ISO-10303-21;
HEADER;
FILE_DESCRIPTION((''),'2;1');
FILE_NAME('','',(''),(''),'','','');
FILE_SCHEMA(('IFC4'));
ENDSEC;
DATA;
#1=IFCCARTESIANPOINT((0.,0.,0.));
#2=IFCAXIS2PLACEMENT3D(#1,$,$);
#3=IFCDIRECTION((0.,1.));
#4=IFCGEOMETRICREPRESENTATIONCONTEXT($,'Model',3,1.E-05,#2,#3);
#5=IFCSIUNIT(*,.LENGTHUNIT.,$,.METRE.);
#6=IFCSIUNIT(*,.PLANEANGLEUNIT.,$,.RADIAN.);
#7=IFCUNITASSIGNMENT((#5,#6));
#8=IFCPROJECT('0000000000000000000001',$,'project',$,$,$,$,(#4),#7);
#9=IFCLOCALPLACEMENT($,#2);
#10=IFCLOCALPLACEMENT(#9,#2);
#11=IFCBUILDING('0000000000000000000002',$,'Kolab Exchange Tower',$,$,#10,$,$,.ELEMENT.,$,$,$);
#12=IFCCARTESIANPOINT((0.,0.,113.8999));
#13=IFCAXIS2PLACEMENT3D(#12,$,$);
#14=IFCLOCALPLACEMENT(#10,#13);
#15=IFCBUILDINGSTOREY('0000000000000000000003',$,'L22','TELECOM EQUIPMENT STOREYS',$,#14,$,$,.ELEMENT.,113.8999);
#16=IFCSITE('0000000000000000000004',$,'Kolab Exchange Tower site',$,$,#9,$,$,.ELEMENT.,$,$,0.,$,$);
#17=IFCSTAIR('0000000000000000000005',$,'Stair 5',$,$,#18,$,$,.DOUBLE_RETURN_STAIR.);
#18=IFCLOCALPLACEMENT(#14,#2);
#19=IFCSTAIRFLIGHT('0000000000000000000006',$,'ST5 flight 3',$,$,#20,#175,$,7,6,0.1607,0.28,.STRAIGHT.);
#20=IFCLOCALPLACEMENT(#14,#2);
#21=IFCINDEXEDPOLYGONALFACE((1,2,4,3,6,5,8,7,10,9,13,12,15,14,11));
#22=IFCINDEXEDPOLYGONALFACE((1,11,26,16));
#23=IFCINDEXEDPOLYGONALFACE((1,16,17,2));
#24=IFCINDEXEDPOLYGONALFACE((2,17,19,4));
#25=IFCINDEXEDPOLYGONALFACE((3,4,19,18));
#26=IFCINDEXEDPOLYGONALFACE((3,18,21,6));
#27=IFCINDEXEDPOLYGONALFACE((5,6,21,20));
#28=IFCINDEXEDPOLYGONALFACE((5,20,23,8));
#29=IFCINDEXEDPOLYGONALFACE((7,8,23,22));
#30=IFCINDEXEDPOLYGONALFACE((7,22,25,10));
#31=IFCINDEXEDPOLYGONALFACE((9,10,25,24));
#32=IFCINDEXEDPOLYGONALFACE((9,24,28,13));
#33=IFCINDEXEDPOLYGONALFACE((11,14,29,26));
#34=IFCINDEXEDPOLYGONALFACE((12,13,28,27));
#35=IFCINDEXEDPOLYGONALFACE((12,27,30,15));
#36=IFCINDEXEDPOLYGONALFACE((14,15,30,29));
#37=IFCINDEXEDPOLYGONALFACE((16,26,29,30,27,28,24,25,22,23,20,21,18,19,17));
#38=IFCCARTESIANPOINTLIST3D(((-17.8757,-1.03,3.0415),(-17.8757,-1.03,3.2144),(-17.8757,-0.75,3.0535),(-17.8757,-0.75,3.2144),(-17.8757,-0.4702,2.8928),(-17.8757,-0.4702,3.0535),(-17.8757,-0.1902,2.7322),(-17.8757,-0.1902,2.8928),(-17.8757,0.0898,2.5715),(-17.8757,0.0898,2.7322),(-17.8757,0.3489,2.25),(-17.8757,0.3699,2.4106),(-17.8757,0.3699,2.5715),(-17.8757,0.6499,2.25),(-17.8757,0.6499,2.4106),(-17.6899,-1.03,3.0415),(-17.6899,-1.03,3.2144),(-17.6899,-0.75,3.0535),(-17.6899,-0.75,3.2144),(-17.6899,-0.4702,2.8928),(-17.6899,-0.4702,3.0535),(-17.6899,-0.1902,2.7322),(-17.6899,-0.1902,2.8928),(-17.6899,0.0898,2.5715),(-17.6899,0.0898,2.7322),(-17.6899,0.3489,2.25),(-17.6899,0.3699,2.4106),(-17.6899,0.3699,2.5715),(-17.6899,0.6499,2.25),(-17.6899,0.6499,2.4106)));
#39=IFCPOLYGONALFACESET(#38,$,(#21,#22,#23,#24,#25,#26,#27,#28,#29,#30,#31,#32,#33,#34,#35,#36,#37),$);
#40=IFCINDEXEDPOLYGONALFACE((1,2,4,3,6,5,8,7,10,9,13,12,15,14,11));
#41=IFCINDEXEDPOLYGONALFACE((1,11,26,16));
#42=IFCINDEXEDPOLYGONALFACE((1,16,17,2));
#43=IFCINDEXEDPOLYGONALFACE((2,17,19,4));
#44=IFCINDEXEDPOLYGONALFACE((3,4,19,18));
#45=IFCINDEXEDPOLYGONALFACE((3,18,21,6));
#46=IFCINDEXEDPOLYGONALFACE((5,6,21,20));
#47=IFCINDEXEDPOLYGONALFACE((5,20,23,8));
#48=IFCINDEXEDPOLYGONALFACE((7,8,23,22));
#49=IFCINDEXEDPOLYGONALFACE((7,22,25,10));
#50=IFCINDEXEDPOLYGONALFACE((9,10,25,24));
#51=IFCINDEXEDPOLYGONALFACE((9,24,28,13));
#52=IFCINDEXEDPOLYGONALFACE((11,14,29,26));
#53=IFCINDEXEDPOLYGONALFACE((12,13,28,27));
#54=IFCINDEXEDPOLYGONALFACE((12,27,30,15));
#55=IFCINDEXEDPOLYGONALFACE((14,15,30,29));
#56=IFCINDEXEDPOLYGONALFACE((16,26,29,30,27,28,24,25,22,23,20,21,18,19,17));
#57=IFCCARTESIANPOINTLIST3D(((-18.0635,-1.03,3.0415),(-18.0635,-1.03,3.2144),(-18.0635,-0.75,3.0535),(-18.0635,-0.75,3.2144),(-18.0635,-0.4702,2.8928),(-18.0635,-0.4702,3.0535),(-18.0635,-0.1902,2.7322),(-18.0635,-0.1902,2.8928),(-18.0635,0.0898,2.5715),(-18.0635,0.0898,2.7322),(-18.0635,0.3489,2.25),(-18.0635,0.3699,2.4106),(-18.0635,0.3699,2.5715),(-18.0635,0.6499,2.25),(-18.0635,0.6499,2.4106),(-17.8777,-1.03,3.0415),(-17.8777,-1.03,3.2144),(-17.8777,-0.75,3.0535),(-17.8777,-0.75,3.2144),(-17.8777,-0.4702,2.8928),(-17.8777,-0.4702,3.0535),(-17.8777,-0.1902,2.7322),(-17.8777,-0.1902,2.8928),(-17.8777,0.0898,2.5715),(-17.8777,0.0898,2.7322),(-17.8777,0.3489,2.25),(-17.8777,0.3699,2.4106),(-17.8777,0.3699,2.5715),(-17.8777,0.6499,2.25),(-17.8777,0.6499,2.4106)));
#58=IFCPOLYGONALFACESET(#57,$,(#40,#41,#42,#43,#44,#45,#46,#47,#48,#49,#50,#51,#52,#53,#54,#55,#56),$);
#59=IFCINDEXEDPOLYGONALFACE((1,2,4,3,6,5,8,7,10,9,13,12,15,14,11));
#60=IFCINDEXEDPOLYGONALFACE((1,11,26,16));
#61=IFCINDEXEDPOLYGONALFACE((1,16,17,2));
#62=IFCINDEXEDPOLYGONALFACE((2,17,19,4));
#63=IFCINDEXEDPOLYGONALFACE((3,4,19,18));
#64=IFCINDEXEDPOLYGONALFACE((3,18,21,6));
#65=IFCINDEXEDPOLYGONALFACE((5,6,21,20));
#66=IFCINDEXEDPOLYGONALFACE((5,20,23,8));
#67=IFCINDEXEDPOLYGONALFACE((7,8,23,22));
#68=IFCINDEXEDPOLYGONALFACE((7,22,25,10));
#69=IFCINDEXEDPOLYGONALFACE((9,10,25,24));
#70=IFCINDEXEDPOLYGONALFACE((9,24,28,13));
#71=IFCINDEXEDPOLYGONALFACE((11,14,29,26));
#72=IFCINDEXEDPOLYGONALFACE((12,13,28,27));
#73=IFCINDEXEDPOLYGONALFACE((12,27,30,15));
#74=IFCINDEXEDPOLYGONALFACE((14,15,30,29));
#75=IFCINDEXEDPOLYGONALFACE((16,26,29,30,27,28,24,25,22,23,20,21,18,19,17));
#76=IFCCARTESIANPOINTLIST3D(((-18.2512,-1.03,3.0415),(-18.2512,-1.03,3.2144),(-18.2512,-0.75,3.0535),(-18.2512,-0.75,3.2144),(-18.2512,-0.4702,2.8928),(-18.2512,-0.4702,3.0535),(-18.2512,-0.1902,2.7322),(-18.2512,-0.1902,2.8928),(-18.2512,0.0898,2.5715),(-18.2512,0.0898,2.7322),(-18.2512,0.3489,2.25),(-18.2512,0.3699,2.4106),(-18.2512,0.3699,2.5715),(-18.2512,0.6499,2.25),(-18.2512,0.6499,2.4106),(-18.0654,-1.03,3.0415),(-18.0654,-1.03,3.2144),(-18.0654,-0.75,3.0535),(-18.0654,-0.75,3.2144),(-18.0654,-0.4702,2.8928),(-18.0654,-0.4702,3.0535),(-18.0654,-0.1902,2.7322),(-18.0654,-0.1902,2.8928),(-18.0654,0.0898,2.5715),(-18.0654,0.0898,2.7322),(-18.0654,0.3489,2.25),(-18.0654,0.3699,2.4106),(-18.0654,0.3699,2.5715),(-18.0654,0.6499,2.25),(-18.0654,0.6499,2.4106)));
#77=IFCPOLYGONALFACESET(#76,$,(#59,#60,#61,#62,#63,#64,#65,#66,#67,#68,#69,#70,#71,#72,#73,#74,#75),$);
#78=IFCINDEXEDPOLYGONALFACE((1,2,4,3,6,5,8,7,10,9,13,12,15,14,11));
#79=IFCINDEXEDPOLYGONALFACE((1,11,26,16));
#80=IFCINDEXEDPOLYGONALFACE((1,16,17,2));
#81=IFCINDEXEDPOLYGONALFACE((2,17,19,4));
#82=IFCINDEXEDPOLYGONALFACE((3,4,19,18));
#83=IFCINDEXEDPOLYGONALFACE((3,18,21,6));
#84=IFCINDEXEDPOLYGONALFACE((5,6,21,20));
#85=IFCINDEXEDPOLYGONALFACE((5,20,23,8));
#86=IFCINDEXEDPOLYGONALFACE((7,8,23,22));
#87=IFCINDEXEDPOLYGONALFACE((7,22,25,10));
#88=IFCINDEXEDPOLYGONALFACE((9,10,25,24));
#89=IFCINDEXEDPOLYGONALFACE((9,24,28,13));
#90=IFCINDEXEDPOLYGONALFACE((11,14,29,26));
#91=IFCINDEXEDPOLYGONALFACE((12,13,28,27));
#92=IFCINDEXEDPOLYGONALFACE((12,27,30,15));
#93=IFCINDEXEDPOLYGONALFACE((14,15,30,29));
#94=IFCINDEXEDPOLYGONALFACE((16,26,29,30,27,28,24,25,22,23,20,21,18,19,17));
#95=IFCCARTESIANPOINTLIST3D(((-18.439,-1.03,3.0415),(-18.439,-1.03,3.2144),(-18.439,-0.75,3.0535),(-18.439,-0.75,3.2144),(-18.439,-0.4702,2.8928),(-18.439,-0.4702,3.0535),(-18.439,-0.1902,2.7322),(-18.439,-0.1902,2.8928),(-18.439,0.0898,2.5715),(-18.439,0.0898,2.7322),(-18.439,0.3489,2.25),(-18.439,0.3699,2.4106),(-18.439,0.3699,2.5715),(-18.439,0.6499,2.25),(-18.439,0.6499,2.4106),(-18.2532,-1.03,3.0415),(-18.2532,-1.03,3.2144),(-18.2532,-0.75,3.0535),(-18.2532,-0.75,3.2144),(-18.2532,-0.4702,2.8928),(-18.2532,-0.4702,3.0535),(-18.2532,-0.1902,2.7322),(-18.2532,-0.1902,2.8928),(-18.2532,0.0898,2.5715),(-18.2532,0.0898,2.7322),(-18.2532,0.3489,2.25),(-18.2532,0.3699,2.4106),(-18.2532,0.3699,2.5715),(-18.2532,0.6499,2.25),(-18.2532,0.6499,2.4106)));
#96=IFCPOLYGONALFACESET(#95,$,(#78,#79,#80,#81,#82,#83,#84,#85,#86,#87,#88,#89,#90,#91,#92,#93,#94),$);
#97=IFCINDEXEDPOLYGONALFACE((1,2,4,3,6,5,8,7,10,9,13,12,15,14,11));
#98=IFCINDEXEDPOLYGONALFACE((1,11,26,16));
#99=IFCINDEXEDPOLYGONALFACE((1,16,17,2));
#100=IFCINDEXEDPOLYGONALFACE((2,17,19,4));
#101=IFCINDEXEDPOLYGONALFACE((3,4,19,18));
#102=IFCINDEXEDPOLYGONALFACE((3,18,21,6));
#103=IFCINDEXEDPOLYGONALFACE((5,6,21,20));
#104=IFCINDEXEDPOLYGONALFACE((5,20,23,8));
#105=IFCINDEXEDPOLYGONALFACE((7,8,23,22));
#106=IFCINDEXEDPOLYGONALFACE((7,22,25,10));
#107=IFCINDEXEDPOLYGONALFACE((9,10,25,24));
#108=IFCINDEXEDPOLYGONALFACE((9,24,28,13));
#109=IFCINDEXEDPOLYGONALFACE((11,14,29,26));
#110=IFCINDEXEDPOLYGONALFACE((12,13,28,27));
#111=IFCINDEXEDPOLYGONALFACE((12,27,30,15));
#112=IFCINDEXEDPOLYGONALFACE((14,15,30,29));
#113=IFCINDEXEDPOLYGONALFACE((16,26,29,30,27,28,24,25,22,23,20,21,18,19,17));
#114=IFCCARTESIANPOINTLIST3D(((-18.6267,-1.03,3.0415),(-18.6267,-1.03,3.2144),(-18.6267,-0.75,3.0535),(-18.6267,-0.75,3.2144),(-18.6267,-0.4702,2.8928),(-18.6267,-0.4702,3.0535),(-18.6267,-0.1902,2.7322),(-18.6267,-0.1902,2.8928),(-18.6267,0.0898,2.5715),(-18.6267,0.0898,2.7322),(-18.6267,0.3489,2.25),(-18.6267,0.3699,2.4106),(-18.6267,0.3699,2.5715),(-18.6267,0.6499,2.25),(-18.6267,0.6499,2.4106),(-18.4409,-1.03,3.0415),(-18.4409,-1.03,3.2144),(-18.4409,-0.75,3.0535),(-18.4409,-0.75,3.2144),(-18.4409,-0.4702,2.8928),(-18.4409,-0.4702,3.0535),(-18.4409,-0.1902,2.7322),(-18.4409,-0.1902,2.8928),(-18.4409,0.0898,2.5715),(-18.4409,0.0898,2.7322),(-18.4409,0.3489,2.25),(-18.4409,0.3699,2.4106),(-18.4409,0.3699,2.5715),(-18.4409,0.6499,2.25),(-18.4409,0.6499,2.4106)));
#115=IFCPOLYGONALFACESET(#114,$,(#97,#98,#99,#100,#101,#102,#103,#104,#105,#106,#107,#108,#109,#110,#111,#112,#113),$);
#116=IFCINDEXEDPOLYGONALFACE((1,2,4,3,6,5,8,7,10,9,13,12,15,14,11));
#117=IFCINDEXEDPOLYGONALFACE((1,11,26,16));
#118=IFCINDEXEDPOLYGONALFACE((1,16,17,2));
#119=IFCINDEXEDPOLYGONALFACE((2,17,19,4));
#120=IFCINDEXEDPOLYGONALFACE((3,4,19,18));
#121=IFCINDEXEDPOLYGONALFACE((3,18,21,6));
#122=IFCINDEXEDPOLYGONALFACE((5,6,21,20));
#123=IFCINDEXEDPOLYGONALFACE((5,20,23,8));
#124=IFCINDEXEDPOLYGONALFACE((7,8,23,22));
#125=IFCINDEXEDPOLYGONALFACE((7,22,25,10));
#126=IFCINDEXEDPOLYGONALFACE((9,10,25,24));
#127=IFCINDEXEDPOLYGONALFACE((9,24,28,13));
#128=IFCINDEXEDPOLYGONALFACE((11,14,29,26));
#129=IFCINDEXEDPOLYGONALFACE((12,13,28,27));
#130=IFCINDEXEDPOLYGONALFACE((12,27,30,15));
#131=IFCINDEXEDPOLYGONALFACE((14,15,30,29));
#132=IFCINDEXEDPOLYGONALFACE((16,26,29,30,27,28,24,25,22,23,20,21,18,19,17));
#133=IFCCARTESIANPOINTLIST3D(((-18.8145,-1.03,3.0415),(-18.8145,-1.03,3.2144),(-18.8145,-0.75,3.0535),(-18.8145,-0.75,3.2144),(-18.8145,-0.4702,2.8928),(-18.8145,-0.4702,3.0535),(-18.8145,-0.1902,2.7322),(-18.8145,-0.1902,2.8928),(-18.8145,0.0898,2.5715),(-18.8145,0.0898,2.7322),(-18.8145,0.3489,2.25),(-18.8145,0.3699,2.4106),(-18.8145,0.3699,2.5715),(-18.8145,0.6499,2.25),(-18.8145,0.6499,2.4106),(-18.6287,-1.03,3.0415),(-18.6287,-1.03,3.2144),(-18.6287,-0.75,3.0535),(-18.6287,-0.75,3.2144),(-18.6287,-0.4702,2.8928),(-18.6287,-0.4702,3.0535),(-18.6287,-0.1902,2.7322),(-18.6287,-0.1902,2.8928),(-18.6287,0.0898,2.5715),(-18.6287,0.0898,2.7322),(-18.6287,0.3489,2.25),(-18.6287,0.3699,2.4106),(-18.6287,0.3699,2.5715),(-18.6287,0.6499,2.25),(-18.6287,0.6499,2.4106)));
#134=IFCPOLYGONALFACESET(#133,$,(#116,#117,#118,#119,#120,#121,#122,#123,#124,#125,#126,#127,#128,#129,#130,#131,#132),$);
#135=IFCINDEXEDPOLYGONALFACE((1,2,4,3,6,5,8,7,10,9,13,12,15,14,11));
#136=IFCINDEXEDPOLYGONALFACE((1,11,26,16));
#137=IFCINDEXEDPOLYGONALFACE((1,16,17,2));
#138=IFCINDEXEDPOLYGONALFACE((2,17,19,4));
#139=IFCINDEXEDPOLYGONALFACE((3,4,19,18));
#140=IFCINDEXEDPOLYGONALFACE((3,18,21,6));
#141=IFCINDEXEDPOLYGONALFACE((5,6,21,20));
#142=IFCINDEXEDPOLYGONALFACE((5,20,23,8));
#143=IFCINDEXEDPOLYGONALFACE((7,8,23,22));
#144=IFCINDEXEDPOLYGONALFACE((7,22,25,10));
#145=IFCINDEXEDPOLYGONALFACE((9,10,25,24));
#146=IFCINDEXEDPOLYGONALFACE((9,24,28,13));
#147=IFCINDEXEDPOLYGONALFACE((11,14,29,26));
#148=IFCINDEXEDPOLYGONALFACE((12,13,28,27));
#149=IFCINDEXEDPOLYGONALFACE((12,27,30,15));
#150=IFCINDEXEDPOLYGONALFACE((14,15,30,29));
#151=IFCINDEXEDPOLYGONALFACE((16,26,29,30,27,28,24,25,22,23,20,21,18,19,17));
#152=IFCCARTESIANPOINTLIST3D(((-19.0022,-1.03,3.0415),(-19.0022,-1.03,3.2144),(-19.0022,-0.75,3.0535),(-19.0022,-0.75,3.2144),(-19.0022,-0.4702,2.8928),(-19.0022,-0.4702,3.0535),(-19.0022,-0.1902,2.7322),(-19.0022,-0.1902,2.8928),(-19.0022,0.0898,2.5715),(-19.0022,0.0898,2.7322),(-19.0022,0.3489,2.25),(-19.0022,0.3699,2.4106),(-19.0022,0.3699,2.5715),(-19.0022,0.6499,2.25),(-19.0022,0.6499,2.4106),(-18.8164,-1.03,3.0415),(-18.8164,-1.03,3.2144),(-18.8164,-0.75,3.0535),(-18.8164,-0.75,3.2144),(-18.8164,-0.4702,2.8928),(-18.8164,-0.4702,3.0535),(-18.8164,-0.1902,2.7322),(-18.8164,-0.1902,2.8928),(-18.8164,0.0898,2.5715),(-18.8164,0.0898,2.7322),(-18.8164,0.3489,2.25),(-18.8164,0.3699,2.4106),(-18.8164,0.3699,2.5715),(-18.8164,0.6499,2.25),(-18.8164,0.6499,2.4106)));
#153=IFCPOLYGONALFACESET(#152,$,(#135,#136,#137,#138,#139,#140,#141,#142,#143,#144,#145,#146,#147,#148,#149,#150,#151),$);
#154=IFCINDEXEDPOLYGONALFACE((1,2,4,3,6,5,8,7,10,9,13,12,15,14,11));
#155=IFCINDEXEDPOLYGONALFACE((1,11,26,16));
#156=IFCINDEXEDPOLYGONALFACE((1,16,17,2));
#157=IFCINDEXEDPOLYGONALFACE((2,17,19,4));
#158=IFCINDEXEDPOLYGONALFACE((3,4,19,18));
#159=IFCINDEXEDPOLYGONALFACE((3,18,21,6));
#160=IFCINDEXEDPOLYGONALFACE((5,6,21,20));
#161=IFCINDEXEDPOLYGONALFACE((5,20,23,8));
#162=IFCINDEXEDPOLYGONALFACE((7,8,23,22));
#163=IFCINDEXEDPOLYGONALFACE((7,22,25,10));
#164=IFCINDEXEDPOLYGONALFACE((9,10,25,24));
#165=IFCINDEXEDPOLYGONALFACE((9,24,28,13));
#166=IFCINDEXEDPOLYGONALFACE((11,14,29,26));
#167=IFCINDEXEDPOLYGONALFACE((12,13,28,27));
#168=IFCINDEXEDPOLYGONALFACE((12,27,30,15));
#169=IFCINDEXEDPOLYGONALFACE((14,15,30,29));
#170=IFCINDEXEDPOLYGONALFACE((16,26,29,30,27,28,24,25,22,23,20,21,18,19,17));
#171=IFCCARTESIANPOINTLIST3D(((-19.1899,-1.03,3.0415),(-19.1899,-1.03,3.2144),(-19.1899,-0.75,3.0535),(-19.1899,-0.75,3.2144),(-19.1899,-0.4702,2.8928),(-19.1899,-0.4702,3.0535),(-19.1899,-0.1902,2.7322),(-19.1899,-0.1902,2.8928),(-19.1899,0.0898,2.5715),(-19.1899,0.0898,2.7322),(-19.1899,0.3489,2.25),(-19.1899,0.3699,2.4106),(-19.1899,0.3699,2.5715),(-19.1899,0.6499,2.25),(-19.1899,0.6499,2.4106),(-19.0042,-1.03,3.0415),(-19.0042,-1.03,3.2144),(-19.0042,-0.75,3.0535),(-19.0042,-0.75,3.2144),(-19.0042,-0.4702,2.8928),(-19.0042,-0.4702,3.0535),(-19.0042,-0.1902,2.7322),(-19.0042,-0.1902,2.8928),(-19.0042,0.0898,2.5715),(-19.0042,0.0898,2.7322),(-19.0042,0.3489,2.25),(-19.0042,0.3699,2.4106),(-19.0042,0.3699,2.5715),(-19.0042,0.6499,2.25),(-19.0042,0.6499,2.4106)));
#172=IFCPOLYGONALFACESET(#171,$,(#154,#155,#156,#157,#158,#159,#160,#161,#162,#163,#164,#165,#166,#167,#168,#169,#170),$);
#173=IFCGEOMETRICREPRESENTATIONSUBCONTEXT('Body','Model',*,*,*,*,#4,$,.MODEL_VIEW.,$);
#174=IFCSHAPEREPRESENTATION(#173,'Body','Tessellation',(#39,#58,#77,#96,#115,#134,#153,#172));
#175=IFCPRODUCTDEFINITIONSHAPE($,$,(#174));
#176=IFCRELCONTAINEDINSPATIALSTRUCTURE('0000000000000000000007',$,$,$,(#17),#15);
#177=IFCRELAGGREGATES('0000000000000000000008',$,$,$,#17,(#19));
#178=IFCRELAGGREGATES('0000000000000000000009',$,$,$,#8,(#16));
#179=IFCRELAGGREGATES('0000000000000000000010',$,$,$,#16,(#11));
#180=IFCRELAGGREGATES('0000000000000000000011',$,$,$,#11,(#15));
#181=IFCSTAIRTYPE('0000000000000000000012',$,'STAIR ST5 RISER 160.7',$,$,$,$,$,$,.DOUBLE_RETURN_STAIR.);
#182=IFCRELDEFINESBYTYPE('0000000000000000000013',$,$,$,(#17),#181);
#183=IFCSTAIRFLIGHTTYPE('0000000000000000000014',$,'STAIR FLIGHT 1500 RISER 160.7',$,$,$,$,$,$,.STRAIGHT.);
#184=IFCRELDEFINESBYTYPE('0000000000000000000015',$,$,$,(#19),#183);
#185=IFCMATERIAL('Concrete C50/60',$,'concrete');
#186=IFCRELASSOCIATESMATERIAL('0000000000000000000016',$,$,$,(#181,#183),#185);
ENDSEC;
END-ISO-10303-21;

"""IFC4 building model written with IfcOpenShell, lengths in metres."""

from ifc_helpers import new_model, si_unit, direction, frame, origin, place, context, subcontext, project, spatial, polyline, outline, extrude, material, type_object, element, aggregate, save


model = new_model("IFC4")

# Units and contexts
model_context = context("Model", 3, precision=1e-05, world=origin(), true_north=direction((0.0, 1.0)))
body_context = subcontext(model_context, "Body", "Model", "MODEL_VIEW")
ifc_project = project(units=[si_unit("LENGTHUNIT", "METRE"), si_unit("PLANEANGLEUNIT", "RADIAN")], contexts=[model_context])

# Site, building, storey
site_placement = place(None, origin())
site = spatial("IfcSite", under=ifc_project, at=site_placement, Name="Kolab Exchange Tower site", CompositionType="ELEMENT", RefElevation=0.0)
building_placement = place(site_placement, origin())
building = spatial("IfcBuilding", under=site, at=building_placement, Name="Kolab Exchange Tower", CompositionType="ELEMENT")
storey_placement = place(building_placement, frame((0.0, 0.0, 113.8999)))
storey = spatial("IfcBuildingStorey", under=building, at=storey_placement, Name="L22", Description="TELECOM EQUIPMENT STOREYS", CompositionType="ELEMENT", Elevation=113.8999)

# Shared definitions
ifc_material_1 = material(Name="Concrete C50/60", Category="concrete")

# Stair, stair flight
stair_type = type_object("IfcStairType", Name="STAIR ST5 RISER 160.7", PredefinedType="DOUBLE_RETURN_STAIR", material=ifc_material_1)
stair_placement = place(storey_placement, origin())
stair = element("IfcStair", 1, at=stair_placement, inside=storey, type_object=stair_type, Name="Stair 5", PredefinedType="DOUBLE_RETURN_STAIR")
stair_flight_type = type_object("IfcStairFlightType", Name="STAIR FLIGHT 1500 RISER 160.7", PredefinedType="STRAIGHT", material=ifc_material_1)
stair_flight_1_placement = place(storey_placement, frame((-18.4399, 0.6499, 2.25), z_axis=(0.0, 0.0, 1.0), x_axis=(0.0, -1.0, 0.0)))
stair_flight_1 = element("IfcStairFlight", 2, at=stair_flight_1_placement, type_object=stair_flight_type, Name="ST5 flight 3", NumberOfRisers=7, NumberOfTreads=6, PredefinedType="STRAIGHT", RiserHeight=0.1607, TreadLength=0.28, context=body_context, shape_type="SweptSolid", body=[
    extrude(outline(polyline([(0.0, 0.0), (0.0, 0.1606), (0.28, 0.1606), (0.28, 0.3215), (0.5601, 0.3215), (0.5601, 0.4822), (0.8401, 0.4822), (0.8401, 0.6428), (1.1201, 0.6428), (1.1201, 0.8035), (1.3999, 0.8035), (1.3999, 0.9644), (1.6799, 0.9644), (1.6799, 1.125), (1.6799, 0.7915), (0.301, 0.0), (0.0, 0.0)])), frame((0.0, 0.75, 0.0), z_axis=(0.0, -1.0, 0.0), x_axis=(1.0, 0.0, 0.0)), (0.0, 0.0, 1.0), 0.1858),
    extrude(outline(polyline([(0.0, 0.0), (0.0, 0.1606), (0.28, 0.1606), (0.28, 0.3215), (0.5601, 0.3215), (0.5601, 0.4822), (0.8401, 0.4822), (0.8401, 0.6428), (1.1201, 0.6428), (1.1201, 0.8035), (1.3999, 0.8035), (1.3999, 0.9644), (1.6799, 0.9644), (1.6799, 1.125), (1.6799, 0.7915), (0.301, 0.0), (0.0, 0.0)])), frame((0.0, 0.5623, 0.0), z_axis=(0.0, -1.0, 0.0), x_axis=(1.0, 0.0, 0.0)), (0.0, 0.0, 1.0), 0.1858),
    extrude(outline(polyline([(0.0, 0.0), (0.0, 0.1606), (0.28, 0.1606), (0.28, 0.3215), (0.5601, 0.3215), (0.5601, 0.4822), (0.8401, 0.4822), (0.8401, 0.6428), (1.1201, 0.6428), (1.1201, 0.8035), (1.3999, 0.8035), (1.3999, 0.9644), (1.6799, 0.9644), (1.6799, 1.125), (1.6799, 0.7915), (0.301, 0.0), (0.0, 0.0)])), frame((0.0, 0.3745, 0.0), z_axis=(0.0, -1.0, 0.0), x_axis=(1.0, 0.0, 0.0)), (0.0, 0.0, 1.0), 0.1858),
    extrude(outline(polyline([(0.0, 0.0), (0.0, 0.1606), (0.28, 0.1606), (0.28, 0.3215), (0.5601, 0.3215), (0.5601, 0.4822), (0.8401, 0.4822), (0.8401, 0.6428), (1.1201, 0.6428), (1.1201, 0.8035), (1.3999, 0.8035), (1.3999, 0.9644), (1.6799, 0.9644), (1.6799, 1.125), (1.6799, 0.7915), (0.301, 0.0), (0.0, 0.0)])), frame((0.0, 0.1868, 0.0), z_axis=(0.0, -1.0, 0.0), x_axis=(1.0, 0.0, 0.0)), (0.0, 0.0, 1.0), 0.1858),
    extrude(outline(polyline([(0.0, 0.0), (0.0, 0.1606), (0.28, 0.1606), (0.28, 0.3215), (0.5601, 0.3215), (0.5601, 0.4822), (0.8401, 0.4822), (0.8401, 0.6428), (1.1201, 0.6428), (1.1201, 0.8035), (1.3999, 0.8035), (1.3999, 0.9644), (1.6799, 0.9644), (1.6799, 1.125), (1.6799, 0.7915), (0.301, 0.0), (0.0, 0.0)])), frame((0.0, -0.001, 0.0), z_axis=(0.0, -1.0, 0.0), x_axis=(1.0, 0.0, 0.0)), (0.0, 0.0, 1.0), 0.1858),
    extrude(outline(polyline([(0.0, 0.0), (0.0, 0.1606), (0.28, 0.1606), (0.28, 0.3215), (0.5601, 0.3215), (0.5601, 0.4822), (0.8401, 0.4822), (0.8401, 0.6428), (1.1201, 0.6428), (1.1201, 0.8035), (1.3999, 0.8035), (1.3999, 0.9644), (1.6799, 0.9644), (1.6799, 1.125), (1.6799, 0.7915), (0.301, 0.0), (0.0, 0.0)])), frame((0.0, -0.1887, 0.0), z_axis=(0.0, -1.0, 0.0), x_axis=(1.0, 0.0, 0.0)), (0.0, 0.0, 1.0), 0.1858),
    extrude(outline(polyline([(0.0, 0.0), (0.0, 0.1606), (0.28, 0.1606), (0.28, 0.3215), (0.5601, 0.3215), (0.5601, 0.4822), (0.8401, 0.4822), (0.8401, 0.6428), (1.1201, 0.6428), (1.1201, 0.8035), (1.3999, 0.8035), (1.3999, 0.9644), (1.6799, 0.9644), (1.6799, 1.125), (1.6799, 0.7915), (0.301, 0.0), (0.0, 0.0)])), frame((0.0, -0.3765, 0.0), z_axis=(0.0, -1.0, 0.0), x_axis=(1.0, 0.0, 0.0)), (0.0, 0.0, 1.0), 0.1858),
    extrude(outline(polyline([(0.0, 0.0), (0.0, 0.1606), (0.28, 0.1606), (0.28, 0.3215), (0.5601, 0.3215), (0.5601, 0.4822), (0.8401, 0.4822), (0.8401, 0.6428), (1.1201, 0.6428), (1.1201, 0.8035), (1.3999, 0.8035), (1.3999, 0.9644), (1.6799, 0.9644), (1.6799, 1.125), (1.6799, 0.7915), (0.301, 0.0), (0.0, 0.0)])), frame((0.0, -0.5642, 0.0), z_axis=(0.0, -1.0, 0.0), x_axis=(1.0, 0.0, 0.0)), (0.0, 0.0, 1.0), 0.1858),
])
aggregate(stair, [stair_flight_1])

save(model, "model.ifc")
